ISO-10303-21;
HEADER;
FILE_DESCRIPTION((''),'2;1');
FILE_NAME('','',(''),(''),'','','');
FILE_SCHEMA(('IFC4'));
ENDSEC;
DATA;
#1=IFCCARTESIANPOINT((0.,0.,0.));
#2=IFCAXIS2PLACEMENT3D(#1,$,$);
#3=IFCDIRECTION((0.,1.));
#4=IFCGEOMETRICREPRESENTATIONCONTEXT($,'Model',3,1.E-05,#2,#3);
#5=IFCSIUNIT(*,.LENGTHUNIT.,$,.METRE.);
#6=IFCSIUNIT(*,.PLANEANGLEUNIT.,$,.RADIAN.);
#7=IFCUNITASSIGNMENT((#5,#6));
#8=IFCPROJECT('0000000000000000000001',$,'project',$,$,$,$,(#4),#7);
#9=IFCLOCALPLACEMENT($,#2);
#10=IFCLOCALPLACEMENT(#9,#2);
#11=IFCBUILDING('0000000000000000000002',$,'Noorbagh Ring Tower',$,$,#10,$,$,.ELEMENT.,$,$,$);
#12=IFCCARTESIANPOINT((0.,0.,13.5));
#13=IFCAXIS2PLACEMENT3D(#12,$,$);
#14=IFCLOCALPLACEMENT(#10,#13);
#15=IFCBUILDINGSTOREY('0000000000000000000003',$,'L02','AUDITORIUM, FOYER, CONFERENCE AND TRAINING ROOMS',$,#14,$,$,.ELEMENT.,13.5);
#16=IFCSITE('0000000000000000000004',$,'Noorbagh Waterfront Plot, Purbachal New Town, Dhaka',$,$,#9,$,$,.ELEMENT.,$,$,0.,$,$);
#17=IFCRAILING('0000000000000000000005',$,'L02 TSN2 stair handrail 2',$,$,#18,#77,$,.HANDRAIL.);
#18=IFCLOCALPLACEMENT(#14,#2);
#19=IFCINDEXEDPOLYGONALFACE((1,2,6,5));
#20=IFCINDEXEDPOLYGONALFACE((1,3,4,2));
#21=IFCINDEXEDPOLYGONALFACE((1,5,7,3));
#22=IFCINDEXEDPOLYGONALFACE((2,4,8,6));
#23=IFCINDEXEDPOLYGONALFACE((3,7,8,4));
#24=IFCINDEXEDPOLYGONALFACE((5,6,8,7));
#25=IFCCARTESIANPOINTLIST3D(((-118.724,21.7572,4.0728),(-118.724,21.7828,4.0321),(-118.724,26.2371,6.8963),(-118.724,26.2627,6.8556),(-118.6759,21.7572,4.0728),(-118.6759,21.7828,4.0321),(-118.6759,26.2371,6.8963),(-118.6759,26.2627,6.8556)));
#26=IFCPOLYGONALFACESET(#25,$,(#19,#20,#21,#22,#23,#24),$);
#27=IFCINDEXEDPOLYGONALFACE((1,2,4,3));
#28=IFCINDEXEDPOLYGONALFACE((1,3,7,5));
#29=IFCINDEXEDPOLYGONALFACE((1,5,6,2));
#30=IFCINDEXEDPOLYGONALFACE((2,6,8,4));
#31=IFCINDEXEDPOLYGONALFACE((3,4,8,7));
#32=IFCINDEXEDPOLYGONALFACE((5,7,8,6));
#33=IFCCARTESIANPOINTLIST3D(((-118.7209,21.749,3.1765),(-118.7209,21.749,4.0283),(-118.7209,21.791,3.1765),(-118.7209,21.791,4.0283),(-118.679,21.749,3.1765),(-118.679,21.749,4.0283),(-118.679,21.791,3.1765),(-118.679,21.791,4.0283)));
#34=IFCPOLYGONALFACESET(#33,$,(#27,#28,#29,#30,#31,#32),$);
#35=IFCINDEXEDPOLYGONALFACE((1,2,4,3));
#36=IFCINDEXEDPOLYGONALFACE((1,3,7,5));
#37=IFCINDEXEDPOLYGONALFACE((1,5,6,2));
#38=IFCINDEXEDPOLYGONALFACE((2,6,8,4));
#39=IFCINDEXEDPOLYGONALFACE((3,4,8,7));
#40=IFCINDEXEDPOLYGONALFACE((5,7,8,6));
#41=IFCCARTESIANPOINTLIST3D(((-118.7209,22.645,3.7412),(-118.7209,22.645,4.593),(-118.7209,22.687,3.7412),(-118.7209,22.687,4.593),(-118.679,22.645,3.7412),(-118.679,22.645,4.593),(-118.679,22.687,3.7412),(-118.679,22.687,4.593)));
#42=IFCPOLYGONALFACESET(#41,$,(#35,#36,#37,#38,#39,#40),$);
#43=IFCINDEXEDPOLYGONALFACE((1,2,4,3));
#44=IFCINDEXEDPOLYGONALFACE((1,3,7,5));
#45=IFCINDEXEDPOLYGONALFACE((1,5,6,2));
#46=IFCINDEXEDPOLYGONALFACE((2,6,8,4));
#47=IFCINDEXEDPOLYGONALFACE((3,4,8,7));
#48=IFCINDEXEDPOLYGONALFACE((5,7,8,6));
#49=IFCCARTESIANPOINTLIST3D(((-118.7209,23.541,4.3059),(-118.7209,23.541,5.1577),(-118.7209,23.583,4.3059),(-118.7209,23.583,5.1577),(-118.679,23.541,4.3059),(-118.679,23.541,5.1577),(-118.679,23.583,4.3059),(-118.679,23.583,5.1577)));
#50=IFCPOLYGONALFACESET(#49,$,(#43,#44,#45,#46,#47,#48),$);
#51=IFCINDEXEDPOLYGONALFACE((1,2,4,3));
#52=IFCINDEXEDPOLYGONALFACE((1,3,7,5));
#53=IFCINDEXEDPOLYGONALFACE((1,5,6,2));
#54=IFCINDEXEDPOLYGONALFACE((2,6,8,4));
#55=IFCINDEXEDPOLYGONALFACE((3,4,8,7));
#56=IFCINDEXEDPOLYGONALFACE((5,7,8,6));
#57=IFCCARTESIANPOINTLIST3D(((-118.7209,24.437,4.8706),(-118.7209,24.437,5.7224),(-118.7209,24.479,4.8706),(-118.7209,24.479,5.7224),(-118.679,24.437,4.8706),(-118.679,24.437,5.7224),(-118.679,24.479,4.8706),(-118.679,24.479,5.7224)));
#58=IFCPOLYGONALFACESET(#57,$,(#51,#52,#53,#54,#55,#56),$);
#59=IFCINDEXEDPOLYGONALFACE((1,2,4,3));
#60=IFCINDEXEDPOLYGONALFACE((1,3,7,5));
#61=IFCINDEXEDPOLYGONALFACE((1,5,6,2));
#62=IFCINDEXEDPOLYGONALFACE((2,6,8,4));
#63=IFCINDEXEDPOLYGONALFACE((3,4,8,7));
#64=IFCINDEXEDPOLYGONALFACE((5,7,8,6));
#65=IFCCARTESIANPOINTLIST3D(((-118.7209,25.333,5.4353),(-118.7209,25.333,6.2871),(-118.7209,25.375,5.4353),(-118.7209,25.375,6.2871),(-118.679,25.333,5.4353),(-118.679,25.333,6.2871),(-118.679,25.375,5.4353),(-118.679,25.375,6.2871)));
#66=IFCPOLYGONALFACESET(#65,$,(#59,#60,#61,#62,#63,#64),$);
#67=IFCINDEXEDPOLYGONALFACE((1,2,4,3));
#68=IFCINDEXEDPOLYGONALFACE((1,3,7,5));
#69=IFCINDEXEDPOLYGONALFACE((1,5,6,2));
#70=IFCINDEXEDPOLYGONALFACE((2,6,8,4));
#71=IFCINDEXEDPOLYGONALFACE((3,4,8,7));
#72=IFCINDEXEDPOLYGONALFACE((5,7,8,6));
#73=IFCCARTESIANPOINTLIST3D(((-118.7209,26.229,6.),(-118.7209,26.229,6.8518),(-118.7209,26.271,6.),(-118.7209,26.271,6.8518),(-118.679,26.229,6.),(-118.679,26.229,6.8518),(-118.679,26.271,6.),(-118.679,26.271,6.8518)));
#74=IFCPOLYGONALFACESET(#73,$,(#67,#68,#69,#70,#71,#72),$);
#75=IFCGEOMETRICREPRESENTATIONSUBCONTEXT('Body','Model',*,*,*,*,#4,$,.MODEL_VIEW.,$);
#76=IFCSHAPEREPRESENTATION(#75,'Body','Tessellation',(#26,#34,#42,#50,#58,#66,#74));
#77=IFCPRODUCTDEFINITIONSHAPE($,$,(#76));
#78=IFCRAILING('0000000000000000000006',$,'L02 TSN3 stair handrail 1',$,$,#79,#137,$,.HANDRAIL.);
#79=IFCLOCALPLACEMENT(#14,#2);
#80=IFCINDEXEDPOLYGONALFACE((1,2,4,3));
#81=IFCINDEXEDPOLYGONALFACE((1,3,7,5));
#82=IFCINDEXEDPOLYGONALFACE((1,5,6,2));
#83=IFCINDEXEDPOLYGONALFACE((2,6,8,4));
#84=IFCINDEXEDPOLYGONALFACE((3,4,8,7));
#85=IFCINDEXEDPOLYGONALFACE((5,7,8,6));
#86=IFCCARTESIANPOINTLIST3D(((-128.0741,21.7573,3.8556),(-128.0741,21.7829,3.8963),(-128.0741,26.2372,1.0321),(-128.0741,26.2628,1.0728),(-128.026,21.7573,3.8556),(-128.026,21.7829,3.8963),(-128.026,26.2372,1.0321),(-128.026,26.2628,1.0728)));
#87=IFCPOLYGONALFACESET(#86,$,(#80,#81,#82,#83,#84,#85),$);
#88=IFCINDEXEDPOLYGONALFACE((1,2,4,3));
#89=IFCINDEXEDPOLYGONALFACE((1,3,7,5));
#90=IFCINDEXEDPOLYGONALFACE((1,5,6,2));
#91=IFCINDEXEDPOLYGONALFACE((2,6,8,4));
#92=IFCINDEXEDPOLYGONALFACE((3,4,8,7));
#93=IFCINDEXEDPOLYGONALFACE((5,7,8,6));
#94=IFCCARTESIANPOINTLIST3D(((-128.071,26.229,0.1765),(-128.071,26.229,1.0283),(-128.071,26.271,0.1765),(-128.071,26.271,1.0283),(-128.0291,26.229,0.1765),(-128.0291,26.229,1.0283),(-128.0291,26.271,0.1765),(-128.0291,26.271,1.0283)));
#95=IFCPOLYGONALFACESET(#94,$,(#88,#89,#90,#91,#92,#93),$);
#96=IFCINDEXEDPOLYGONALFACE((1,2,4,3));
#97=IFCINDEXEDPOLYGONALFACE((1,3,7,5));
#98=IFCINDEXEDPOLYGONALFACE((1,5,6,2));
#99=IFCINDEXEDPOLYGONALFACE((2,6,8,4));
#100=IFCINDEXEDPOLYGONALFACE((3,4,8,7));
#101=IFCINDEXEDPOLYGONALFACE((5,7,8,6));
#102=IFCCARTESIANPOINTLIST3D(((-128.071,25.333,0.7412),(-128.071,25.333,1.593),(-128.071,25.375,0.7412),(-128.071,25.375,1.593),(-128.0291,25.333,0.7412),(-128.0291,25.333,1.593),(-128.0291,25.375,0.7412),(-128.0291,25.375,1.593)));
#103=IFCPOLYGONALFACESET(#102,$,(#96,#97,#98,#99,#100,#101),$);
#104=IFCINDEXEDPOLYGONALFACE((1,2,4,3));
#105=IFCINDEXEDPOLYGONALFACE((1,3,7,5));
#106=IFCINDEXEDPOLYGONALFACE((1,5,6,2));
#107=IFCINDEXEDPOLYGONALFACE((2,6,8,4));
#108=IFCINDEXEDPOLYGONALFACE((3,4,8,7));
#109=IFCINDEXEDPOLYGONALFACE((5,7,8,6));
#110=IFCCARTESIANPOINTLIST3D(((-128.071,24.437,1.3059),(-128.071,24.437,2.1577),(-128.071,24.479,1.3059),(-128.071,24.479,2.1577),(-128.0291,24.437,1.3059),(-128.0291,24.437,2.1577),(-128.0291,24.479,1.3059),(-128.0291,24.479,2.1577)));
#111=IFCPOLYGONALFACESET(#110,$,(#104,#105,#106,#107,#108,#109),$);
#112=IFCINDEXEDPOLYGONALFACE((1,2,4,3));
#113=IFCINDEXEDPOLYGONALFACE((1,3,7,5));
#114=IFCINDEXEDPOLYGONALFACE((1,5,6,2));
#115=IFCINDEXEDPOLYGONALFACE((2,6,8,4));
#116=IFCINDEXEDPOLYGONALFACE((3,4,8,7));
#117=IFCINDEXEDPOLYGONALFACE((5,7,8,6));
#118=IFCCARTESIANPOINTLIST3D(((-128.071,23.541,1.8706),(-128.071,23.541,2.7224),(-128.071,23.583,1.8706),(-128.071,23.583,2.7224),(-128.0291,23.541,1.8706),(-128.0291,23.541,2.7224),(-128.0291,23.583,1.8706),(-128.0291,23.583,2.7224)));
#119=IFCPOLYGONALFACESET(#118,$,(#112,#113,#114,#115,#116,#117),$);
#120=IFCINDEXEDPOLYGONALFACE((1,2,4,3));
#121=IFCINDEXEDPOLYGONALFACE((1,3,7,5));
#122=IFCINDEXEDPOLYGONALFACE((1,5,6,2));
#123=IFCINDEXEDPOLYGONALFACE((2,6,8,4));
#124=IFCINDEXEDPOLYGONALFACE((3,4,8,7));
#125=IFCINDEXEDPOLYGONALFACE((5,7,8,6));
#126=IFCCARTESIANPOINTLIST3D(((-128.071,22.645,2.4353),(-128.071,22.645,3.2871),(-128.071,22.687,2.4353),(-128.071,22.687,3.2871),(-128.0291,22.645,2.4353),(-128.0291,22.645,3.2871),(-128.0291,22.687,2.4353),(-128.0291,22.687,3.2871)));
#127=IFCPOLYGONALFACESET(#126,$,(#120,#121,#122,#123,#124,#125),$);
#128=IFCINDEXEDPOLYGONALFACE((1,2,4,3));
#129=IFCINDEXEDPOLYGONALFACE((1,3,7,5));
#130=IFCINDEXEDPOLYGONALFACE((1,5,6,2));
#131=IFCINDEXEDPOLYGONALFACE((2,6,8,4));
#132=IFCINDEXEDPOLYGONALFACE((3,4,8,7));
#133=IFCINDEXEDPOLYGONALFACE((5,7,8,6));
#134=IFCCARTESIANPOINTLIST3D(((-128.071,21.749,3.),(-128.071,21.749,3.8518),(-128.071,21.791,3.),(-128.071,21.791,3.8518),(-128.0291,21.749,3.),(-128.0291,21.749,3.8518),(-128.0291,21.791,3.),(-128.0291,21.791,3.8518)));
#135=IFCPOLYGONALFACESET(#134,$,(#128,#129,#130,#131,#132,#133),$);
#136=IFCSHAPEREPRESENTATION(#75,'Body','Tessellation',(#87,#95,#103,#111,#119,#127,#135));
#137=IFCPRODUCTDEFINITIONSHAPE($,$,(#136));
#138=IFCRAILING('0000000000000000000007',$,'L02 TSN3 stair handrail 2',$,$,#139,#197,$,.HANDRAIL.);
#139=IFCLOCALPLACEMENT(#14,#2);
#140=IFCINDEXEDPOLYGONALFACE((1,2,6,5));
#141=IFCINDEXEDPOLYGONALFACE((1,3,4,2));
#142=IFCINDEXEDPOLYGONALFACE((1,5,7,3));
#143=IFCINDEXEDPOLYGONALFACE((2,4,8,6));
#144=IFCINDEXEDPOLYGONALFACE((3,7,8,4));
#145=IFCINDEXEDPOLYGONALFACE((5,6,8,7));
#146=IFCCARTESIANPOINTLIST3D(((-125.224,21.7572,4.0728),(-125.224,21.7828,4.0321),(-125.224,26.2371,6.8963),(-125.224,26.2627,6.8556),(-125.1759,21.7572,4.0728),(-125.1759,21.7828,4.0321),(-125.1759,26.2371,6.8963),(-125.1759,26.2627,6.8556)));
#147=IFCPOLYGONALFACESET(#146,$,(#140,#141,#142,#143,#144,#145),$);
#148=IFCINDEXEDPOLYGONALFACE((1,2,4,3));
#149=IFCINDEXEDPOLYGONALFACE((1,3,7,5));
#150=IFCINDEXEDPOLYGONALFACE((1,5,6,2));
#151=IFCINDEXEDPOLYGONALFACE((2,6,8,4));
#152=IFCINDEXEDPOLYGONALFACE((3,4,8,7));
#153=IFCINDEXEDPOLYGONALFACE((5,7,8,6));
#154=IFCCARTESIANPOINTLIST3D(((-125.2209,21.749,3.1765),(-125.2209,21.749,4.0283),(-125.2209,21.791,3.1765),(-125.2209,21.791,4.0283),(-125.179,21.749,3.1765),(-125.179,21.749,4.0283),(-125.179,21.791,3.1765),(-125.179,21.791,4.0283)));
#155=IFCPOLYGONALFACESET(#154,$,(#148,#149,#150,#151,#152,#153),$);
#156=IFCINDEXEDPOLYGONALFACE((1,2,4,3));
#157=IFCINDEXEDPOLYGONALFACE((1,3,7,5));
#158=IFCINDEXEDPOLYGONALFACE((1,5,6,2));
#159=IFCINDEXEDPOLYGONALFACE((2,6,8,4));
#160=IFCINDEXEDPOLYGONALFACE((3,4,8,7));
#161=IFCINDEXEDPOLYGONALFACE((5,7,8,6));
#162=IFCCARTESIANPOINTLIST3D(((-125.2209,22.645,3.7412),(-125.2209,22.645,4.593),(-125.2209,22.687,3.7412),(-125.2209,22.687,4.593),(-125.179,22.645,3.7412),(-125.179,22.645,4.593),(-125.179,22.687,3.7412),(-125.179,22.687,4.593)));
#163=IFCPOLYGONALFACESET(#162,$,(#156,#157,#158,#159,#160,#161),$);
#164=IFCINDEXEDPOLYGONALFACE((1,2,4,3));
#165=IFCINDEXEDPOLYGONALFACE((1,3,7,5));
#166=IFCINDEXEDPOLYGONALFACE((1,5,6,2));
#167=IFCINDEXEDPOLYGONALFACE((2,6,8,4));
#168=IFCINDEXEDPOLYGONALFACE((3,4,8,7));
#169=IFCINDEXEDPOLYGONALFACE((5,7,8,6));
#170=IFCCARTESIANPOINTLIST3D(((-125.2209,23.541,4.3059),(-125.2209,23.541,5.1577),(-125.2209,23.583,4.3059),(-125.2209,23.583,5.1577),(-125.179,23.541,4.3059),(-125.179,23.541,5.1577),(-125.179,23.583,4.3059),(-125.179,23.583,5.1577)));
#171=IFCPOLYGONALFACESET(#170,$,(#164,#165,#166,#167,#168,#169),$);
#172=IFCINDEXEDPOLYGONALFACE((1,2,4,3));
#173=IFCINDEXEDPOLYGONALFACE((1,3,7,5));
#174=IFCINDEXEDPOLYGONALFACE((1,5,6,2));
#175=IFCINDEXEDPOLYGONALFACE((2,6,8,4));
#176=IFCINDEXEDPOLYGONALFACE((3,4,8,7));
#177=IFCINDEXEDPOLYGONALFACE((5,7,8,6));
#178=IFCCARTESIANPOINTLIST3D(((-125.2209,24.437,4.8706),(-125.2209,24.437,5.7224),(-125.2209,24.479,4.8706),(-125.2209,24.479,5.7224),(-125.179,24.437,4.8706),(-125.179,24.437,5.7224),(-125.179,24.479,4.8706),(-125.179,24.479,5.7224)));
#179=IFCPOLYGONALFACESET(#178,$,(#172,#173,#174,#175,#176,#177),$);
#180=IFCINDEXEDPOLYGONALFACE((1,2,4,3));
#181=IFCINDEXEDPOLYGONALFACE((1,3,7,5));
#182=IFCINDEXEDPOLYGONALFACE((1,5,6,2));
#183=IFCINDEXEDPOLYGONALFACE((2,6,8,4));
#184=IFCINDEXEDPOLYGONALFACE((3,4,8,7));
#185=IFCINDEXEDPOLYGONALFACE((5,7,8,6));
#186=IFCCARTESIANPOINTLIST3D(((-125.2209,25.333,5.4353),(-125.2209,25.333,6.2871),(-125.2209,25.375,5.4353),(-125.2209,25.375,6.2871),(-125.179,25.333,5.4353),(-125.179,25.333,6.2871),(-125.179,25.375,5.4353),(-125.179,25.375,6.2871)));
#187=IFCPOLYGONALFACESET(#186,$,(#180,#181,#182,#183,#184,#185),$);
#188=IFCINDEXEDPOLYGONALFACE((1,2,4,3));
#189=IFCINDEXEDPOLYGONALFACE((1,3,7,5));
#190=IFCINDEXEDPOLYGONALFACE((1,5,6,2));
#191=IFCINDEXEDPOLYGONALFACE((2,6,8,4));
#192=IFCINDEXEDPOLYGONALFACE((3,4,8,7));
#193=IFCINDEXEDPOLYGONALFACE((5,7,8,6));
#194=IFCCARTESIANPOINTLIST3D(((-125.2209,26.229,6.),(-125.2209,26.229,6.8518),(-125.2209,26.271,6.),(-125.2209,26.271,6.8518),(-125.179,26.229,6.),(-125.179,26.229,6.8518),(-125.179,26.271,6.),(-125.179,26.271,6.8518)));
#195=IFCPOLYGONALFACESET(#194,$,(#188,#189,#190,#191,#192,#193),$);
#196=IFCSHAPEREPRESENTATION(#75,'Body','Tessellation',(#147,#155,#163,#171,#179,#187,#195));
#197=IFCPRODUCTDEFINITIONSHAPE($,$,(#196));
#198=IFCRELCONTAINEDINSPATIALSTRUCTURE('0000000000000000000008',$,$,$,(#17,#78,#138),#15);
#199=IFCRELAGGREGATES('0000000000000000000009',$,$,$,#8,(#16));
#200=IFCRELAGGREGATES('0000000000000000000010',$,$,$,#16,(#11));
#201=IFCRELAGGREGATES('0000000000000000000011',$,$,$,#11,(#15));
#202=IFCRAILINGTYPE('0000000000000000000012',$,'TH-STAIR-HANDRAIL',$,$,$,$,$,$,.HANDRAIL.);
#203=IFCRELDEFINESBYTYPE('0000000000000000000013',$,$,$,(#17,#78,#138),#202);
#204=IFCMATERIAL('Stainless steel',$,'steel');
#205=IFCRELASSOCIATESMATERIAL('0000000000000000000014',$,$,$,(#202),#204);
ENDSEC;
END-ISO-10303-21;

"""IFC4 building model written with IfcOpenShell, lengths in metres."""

from ifc_helpers import new_model, si_unit, direction, frame, origin, origin_2d, place, context, subcontext, project, spatial, rectangle, extrude, material, type_object, element, save


model = new_model("IFC4")

# Units and contexts
model_context = context("Model", 3, precision=1e-05, world=origin(), true_north=direction((0.0, 1.0)))
body_context = subcontext(model_context, "Body", "Model", "MODEL_VIEW")
ifc_project = project(units=[si_unit("LENGTHUNIT", "METRE"), si_unit("PLANEANGLEUNIT", "RADIAN")], contexts=[model_context])

# Site, building, storey
site_placement = place(None, origin())
site = spatial("IfcSite", under=ifc_project, at=site_placement, Name="Noorbagh Waterfront Plot, Purbachal New Town, Dhaka", CompositionType="ELEMENT", RefElevation=0.0)
building_placement = place(site_placement, origin())
building = spatial("IfcBuilding", under=site, at=building_placement, Name="Noorbagh Ring Tower", CompositionType="ELEMENT")
storey_placement = place(building_placement, frame((0.0, 0.0, 13.5)))
storey = spatial("IfcBuildingStorey", under=building, at=storey_placement, Name="L02", Description="AUDITORIUM, FOYER, CONFERENCE AND TRAINING ROOMS", CompositionType="ELEMENT", Elevation=13.5)

# Railings
ifc_material_1 = material(Name="Stainless steel", Category="steel")
railing_type_1 = type_object("IfcRailingType", Name="TH-STAIR-HANDRAIL", PredefinedType="HANDRAIL", material=ifc_material_1)
railing_1_placement = place(storey_placement, frame((-118.7, 21.77, 3.1765)))
element("IfcRailing", 1, at=railing_1_placement, inside=storey, type_object=railing_type_1, Name="L02 TSN2 stair handrail 2", PredefinedType="HANDRAIL", context=body_context, shape_type="SweptSolid", body=[
    extrude(rectangle(XDim=0.0481, YDim=0.0481, at=origin_2d()), frame((0.0, 0.0, 0.876), z_axis=(0.0, 0.845998, 0.533186), x_axis=(-1.0, 0.0, 0.0)), (0.0, 0.0, 1.0), 5.2954),
    extrude(rectangle(XDim=0.042, YDim=0.042, at=origin_2d()), origin(), (0.0, 0.0, 1.0), 0.8518),
    extrude(rectangle(XDim=0.042, YDim=0.042, at=origin_2d()), frame((0.0, 0.896, 0.5647)), (0.0, 0.0, 1.0), 0.8518),
    extrude(rectangle(XDim=0.042, YDim=0.042, at=origin_2d()), frame((0.0, 1.792, 1.1294)), (0.0, 0.0, 1.0), 0.8518),
    extrude(rectangle(XDim=0.042, YDim=0.042, at=origin_2d()), frame((0.0, 2.688, 1.6941)), (0.0, 0.0, 1.0), 0.8518),
    extrude(rectangle(XDim=0.042, YDim=0.042, at=origin_2d()), frame((0.0, 3.584, 2.2588)), (0.0, 0.0, 1.0), 0.8518),
    extrude(rectangle(XDim=0.042, YDim=0.042, at=origin_2d()), frame((0.0, 4.48, 2.8235)), (0.0, 0.0, 1.0), 0.8518),
])
railing_2_placement = place(storey_placement, frame((-128.05, 26.25, 0.1765)))
element("IfcRailing", 2, at=railing_2_placement, inside=storey, type_object=railing_type_1, Name="L02 TSN3 stair handrail 1", PredefinedType="HANDRAIL", context=body_context, shape_type="SweptSolid", body=[
    extrude(rectangle(XDim=0.0481, YDim=0.0481, at=origin_2d()), frame((0.0, 0.0, 0.876), z_axis=(0.0, -0.845998, 0.533186), x_axis=(1.0, 0.0, 0.0)), (0.0, 0.0, 1.0), 5.2954),
    extrude(rectangle(XDim=0.042, YDim=0.042, at=origin_2d()), origin(), (0.0, 0.0, 1.0), 0.8518),
    extrude(rectangle(XDim=0.042, YDim=0.042, at=origin_2d()), frame((0.0, -0.896, 0.5647)), (0.0, 0.0, 1.0), 0.8518),
    extrude(rectangle(XDim=0.042, YDim=0.042, at=origin_2d()), frame((0.0, -1.792, 1.1294)), (0.0, 0.0, 1.0), 0.8518),
    extrude(rectangle(XDim=0.042, YDim=0.042, at=origin_2d()), frame((0.0, -2.688, 1.6941)), (0.0, 0.0, 1.0), 0.8518),
    extrude(rectangle(XDim=0.042, YDim=0.042, at=origin_2d()), frame((0.0, -3.584, 2.2588)), (0.0, 0.0, 1.0), 0.8518),
    extrude(rectangle(XDim=0.042, YDim=0.042, at=origin_2d()), frame((0.0, -4.48, 2.8235)), (0.0, 0.0, 1.0), 0.8518),
])
railing_3_placement = place(storey_placement, frame((-125.2, 21.77, 3.1765)))
element("IfcRailing", 3, at=railing_3_placement, inside=storey, type_object=railing_type_1, Name="L02 TSN3 stair handrail 2", PredefinedType="HANDRAIL", context=body_context, shape_type="SweptSolid", body=[
    extrude(rectangle(XDim=0.0481, YDim=0.0481, at=origin_2d()), frame((0.0, 0.0, 0.876), z_axis=(0.0, 0.845998, 0.533186), x_axis=(-1.0, 0.0, 0.0)), (0.0, 0.0, 1.0), 5.2954),
    extrude(rectangle(XDim=0.042, YDim=0.042, at=origin_2d()), origin(), (0.0, 0.0, 1.0), 0.8518),
    extrude(rectangle(XDim=0.042, YDim=0.042, at=origin_2d()), frame((0.0, 0.896, 0.5647)), (0.0, 0.0, 1.0), 0.8518),
    extrude(rectangle(XDim=0.042, YDim=0.042, at=origin_2d()), frame((0.0, 1.792, 1.1294)), (0.0, 0.0, 1.0), 0.8518),
    extrude(rectangle(XDim=0.042, YDim=0.042, at=origin_2d()), frame((0.0, 2.688, 1.6941)), (0.0, 0.0, 1.0), 0.8518),
    extrude(rectangle(XDim=0.042, YDim=0.042, at=origin_2d()), frame((0.0, 3.584, 2.2588)), (0.0, 0.0, 1.0), 0.8518),
    extrude(rectangle(XDim=0.042, YDim=0.042, at=origin_2d()), frame((0.0, 4.48, 2.8235)), (0.0, 0.0, 1.0), 0.8518),
])

save(model, "model.ifc")
